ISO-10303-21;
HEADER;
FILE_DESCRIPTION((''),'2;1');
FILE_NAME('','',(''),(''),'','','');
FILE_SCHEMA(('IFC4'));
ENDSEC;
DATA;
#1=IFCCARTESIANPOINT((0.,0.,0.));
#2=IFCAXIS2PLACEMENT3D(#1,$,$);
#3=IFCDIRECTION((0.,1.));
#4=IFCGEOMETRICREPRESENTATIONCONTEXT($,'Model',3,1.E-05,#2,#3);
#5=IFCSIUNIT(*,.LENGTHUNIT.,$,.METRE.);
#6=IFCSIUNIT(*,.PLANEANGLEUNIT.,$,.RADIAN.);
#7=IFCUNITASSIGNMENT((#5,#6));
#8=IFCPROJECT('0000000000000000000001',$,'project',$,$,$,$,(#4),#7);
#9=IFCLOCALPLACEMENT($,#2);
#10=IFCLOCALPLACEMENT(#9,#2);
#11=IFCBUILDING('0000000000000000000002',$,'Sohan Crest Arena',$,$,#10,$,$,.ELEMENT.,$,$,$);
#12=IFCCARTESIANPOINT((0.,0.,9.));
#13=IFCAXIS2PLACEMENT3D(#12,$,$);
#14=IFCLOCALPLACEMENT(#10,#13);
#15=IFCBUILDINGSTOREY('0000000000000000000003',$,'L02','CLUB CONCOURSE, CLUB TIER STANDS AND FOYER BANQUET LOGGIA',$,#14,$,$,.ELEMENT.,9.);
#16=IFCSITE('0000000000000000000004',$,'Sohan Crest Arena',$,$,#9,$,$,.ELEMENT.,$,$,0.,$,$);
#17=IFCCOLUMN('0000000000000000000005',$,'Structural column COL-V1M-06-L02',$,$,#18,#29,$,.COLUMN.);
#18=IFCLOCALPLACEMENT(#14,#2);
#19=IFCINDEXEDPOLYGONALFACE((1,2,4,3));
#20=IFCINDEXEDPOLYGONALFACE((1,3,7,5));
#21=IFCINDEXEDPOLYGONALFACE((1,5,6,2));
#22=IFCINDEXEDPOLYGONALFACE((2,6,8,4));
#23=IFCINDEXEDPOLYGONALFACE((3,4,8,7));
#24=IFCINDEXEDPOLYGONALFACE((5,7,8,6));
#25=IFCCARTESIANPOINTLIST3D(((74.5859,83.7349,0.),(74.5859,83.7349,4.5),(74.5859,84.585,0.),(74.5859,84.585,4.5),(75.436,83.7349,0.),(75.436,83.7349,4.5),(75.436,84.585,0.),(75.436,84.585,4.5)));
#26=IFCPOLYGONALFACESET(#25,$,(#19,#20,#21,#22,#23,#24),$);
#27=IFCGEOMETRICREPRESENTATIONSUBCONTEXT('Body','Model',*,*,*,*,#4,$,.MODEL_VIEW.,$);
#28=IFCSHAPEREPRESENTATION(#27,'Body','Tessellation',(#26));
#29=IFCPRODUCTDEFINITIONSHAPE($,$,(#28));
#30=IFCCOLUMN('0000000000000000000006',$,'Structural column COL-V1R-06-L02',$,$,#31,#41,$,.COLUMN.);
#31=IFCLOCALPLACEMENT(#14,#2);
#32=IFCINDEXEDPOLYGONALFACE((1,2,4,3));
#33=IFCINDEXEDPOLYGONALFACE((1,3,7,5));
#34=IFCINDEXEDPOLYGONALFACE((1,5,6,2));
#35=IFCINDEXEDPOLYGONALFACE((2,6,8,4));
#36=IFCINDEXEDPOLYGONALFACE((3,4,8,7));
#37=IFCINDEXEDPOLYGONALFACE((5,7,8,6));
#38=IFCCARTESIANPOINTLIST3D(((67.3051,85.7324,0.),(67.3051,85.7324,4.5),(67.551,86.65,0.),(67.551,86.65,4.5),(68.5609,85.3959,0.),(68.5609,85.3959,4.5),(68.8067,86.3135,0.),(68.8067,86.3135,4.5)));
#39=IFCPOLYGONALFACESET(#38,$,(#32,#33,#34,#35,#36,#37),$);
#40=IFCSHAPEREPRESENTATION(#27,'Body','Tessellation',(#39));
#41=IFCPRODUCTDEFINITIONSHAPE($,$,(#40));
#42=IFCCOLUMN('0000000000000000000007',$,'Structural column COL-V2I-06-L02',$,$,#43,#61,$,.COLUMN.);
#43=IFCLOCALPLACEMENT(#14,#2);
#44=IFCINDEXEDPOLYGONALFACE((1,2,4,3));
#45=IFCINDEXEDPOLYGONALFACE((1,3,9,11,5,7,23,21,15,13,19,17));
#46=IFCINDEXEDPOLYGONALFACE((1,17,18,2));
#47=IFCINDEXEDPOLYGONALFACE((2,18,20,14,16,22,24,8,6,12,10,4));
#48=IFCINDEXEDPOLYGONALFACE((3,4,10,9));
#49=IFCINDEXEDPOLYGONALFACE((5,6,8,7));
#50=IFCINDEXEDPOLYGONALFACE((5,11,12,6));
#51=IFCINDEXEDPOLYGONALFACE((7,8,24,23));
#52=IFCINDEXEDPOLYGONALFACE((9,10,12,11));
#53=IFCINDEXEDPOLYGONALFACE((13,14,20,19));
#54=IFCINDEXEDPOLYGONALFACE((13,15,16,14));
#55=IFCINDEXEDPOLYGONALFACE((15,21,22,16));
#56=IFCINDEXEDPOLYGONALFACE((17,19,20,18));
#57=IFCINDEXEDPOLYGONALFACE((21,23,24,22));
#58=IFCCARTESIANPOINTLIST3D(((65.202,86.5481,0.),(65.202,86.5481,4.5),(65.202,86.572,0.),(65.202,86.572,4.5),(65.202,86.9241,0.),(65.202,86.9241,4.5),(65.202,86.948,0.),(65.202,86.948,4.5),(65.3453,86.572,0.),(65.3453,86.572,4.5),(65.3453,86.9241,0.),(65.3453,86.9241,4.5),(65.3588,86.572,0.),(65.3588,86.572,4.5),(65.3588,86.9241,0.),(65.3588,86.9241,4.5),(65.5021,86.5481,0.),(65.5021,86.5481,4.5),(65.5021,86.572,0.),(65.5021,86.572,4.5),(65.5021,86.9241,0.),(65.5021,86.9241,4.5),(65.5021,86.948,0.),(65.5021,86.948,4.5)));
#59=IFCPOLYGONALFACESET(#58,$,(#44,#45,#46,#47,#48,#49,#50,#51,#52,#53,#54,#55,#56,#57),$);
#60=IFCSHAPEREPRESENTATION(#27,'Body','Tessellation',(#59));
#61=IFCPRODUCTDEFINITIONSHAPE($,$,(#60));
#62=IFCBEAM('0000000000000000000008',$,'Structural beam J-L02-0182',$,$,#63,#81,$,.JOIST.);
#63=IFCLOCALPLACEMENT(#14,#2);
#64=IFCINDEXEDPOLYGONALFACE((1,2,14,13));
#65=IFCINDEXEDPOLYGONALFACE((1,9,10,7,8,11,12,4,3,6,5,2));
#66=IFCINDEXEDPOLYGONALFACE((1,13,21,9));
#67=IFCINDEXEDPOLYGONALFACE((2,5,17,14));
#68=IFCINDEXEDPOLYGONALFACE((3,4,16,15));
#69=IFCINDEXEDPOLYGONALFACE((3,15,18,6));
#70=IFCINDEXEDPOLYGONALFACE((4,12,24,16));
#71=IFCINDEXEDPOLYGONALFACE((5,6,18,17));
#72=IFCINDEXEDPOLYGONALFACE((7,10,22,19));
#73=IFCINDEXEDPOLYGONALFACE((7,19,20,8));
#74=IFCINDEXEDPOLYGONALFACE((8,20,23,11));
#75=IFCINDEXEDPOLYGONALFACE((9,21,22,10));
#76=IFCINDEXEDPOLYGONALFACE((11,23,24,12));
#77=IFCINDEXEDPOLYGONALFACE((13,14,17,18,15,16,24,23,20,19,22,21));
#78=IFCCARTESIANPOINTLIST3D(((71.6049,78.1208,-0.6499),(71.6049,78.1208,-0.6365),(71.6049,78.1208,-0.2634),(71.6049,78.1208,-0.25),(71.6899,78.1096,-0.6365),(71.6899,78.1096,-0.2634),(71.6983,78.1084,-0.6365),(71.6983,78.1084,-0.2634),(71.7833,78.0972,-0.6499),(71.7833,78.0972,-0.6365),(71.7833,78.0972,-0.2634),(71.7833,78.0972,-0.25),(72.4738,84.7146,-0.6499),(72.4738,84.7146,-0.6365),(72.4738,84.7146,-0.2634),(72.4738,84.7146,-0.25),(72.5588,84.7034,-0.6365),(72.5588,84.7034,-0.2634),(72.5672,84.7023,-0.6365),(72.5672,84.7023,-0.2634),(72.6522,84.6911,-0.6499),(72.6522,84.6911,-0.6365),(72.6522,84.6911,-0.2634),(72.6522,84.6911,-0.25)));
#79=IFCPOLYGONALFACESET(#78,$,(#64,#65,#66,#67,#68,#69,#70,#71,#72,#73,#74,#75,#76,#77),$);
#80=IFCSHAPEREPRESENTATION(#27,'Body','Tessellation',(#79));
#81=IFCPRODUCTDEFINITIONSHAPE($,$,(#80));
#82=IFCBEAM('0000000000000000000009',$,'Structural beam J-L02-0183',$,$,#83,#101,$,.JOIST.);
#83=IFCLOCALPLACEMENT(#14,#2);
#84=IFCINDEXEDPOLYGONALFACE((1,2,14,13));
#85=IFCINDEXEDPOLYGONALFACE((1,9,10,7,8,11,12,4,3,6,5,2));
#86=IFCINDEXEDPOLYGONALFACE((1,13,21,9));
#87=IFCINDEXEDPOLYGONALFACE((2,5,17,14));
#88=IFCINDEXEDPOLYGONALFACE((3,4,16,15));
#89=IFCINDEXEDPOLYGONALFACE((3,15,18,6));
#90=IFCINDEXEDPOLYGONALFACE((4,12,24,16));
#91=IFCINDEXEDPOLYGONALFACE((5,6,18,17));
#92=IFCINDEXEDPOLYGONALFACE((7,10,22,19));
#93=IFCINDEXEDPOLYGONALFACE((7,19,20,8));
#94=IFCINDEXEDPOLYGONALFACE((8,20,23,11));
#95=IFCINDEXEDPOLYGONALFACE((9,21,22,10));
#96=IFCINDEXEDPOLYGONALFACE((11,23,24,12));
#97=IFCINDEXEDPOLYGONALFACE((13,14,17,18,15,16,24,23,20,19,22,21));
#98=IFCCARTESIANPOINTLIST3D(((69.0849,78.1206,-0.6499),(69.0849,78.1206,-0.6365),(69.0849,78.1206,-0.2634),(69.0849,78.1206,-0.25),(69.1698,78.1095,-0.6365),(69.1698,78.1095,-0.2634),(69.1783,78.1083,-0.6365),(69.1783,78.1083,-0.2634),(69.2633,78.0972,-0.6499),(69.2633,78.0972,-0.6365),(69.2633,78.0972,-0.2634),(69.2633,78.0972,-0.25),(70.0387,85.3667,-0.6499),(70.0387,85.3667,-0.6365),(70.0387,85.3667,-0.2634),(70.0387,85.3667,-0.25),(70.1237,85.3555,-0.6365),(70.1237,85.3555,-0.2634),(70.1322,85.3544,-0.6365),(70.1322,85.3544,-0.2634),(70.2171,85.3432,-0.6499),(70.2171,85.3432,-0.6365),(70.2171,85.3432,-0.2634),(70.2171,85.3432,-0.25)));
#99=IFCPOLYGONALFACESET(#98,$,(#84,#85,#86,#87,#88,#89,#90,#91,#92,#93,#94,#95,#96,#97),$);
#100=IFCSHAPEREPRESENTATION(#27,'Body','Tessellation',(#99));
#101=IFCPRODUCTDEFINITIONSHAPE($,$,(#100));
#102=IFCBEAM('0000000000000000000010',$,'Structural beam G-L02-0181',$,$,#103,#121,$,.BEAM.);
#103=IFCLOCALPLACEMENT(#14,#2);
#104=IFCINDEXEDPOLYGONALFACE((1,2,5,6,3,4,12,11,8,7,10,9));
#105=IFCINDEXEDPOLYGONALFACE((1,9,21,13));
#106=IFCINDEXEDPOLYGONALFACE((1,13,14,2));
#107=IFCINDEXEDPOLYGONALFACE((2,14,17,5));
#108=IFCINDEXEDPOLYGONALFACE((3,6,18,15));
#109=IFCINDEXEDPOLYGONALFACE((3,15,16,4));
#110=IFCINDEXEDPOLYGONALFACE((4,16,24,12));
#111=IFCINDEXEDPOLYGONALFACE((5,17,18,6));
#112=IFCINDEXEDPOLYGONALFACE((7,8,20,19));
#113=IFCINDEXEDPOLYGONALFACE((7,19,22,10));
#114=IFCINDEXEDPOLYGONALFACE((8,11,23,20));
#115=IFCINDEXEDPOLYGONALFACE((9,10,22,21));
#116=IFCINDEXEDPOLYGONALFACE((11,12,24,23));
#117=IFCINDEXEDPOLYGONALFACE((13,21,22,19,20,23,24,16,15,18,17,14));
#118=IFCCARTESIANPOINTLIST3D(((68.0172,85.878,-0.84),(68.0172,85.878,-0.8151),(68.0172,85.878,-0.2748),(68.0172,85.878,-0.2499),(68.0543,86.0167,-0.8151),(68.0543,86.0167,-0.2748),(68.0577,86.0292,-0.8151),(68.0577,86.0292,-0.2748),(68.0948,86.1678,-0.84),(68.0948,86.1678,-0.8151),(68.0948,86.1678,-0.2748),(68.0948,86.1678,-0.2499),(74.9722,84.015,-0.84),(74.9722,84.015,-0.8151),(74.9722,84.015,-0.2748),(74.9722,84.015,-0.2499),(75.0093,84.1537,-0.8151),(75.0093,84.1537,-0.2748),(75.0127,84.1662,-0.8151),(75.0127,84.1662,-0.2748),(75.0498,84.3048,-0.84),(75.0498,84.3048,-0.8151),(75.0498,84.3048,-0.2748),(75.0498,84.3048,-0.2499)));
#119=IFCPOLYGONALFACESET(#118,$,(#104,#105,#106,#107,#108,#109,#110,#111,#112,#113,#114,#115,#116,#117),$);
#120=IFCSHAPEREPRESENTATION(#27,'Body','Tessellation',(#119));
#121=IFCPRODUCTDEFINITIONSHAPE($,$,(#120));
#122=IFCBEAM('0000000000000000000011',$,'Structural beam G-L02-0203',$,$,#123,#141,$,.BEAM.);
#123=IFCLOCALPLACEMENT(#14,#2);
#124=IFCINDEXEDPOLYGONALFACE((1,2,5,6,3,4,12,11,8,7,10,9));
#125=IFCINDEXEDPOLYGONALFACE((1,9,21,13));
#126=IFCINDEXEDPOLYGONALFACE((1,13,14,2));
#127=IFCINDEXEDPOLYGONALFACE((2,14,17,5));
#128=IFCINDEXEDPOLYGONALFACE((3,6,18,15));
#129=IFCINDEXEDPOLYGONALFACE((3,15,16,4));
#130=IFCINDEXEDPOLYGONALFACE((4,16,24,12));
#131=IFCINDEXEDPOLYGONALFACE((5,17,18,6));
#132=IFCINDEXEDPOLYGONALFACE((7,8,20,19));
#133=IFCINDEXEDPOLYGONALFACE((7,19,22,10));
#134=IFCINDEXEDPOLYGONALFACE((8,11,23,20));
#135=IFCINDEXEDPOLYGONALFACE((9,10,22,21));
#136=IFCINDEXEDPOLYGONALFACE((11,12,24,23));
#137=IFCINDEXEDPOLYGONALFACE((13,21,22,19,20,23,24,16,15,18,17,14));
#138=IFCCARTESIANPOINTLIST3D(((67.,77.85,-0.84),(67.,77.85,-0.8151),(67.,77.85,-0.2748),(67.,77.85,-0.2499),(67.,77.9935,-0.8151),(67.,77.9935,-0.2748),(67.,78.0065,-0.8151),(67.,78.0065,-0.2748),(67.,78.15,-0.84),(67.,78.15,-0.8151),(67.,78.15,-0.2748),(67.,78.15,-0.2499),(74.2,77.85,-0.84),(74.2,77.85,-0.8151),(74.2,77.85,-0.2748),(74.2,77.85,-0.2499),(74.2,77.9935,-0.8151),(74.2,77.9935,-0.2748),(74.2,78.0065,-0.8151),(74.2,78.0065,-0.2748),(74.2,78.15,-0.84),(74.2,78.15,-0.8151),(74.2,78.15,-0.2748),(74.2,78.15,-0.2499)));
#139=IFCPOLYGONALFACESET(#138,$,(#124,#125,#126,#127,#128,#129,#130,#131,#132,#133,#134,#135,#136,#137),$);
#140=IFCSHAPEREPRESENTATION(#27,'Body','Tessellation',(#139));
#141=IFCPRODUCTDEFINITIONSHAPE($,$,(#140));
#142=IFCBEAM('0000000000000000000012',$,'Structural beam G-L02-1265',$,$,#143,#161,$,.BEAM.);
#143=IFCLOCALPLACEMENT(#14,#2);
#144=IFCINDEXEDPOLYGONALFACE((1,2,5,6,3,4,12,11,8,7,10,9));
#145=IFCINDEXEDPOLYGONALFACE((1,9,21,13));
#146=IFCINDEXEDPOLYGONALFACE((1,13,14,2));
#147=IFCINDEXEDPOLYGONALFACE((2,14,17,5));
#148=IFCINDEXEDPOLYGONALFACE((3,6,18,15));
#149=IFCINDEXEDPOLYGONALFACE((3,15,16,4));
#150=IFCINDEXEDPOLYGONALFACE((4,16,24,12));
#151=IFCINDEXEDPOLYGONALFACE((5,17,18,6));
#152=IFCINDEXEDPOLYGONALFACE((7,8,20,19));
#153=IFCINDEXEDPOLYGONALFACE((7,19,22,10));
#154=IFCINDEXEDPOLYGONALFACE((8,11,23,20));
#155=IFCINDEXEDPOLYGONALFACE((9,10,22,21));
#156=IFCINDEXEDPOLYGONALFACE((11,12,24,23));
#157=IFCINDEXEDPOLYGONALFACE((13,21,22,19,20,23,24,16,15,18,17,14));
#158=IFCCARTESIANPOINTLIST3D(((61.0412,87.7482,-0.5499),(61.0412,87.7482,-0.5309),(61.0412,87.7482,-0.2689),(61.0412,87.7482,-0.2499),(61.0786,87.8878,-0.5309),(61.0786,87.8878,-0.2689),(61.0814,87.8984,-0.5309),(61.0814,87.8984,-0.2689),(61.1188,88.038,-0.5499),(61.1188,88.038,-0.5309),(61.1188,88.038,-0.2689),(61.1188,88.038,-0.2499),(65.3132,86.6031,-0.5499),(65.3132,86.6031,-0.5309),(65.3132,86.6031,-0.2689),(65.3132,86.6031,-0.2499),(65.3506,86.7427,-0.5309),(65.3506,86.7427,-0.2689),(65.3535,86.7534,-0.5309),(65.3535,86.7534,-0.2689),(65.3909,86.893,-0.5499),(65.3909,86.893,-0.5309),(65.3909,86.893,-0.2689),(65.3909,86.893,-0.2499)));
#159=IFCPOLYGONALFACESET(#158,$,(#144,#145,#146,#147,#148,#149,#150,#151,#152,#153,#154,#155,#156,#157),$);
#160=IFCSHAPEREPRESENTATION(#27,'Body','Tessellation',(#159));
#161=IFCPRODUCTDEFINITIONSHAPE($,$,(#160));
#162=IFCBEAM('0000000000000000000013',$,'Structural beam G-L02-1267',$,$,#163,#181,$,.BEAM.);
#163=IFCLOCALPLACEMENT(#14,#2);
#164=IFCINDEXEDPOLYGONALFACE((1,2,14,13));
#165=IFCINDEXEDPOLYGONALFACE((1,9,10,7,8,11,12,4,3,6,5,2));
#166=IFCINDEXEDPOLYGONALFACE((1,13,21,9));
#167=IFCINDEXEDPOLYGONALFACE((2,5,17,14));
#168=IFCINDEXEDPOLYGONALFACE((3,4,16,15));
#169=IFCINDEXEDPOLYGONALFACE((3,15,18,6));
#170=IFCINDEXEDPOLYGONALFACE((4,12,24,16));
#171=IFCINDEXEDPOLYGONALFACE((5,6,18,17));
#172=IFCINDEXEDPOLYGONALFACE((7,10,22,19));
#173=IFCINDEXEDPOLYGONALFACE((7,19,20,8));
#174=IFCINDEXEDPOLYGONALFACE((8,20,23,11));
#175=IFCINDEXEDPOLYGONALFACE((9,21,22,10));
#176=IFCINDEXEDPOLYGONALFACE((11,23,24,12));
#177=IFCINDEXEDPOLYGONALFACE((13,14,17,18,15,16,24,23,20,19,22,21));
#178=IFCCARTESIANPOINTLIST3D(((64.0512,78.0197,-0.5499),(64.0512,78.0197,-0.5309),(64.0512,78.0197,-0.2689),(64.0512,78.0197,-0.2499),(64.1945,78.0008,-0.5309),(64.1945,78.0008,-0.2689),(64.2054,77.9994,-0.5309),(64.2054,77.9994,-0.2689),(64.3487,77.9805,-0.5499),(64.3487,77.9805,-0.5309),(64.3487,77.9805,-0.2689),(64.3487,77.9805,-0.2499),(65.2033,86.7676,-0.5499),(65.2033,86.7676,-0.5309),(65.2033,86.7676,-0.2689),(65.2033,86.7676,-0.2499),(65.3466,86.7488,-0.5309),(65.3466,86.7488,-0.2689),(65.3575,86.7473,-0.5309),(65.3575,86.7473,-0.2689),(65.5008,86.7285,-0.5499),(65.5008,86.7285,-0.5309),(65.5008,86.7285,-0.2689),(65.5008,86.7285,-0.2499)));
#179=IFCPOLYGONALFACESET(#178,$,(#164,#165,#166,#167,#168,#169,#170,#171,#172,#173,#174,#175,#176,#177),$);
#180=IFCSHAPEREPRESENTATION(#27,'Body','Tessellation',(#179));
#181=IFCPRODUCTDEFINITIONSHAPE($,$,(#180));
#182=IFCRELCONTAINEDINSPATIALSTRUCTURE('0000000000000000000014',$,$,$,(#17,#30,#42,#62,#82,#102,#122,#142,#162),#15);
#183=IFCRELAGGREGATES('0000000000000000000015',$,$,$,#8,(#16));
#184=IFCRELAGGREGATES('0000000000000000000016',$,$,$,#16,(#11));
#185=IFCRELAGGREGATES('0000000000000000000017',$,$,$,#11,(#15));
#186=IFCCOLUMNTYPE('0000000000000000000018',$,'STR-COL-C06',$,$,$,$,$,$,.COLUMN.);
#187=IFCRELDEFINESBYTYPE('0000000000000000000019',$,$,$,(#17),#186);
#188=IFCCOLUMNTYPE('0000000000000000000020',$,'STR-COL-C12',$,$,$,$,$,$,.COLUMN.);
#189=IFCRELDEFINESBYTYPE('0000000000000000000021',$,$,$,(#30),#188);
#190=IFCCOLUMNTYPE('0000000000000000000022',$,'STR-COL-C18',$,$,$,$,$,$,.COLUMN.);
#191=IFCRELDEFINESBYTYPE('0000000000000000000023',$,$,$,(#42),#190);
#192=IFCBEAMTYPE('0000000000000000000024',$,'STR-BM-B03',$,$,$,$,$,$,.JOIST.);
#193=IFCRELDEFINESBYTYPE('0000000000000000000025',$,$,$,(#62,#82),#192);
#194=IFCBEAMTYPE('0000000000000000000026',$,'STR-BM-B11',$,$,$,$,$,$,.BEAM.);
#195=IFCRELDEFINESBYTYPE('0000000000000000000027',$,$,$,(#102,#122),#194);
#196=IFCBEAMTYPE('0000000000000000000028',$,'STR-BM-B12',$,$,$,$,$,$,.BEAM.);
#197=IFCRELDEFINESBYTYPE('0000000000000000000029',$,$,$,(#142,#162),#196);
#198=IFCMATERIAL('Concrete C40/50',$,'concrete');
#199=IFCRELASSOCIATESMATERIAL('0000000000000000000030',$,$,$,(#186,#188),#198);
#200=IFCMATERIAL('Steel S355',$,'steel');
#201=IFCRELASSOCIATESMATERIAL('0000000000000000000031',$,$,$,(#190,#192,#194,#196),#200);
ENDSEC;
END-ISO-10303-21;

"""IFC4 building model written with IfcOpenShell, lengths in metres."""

from ifc_helpers import new_model, si_unit, direction, frame, origin, origin_2d, place, context, subcontext, project, spatial, rectangle, i_section, extrude, material, material_profile, profile_set, type_object, element, save


model = new_model("IFC4")

# Units and contexts
model_context = context("Model", 3, precision=1e-05, world=origin(), true_north=direction((0.0, 1.0)))
body_context = subcontext(model_context, "Body", "Model", "MODEL_VIEW")
ifc_project = project(units=[si_unit("LENGTHUNIT", "METRE"), si_unit("PLANEANGLEUNIT", "RADIAN")], contexts=[model_context])

# Site, building, storey
site_placement = place(None, origin())
site = spatial("IfcSite", under=ifc_project, at=site_placement, Name="Sohan Crest Arena", CompositionType="ELEMENT", RefElevation=0.0)
building_placement = place(site_placement, origin())
building = spatial("IfcBuilding", under=site, at=building_placement, Name="Sohan Crest Arena", CompositionType="ELEMENT")
storey_placement = place(building_placement, frame((0.0, 0.0, 9.0)))
storey = spatial("IfcBuildingStorey", under=building, at=storey_placement, Name="L02", Description="CLUB CONCOURSE, CLUB TIER STANDS AND FOYER BANQUET LOGGIA", CompositionType="ELEMENT", Elevation=9.0)

# Columns
ifc_material_1 = material(Name="Concrete C40/50", Category="concrete")
ifc_material_profile_1 = material_profile(ifc_material_1, rectangle(XDim=0.8501, YDim=0.8501, at=origin_2d()), Name="RC 850x850")
ifc_profile_set_1 = profile_set([ifc_material_profile_1], Name="Concrete C40/50")
column_type_1 = type_object("IfcColumnType", Name="STR-COL-C06", PredefinedType="COLUMN", material=ifc_profile_set_1)
column_1_placement = place(storey_placement, frame((75.011, 84.1599, 0.0), z_axis=(0.0, 0.0, 1.0), x_axis=(1.0, 0.0, 0.0)))
element("IfcColumn", 1, at=column_1_placement, inside=storey, type_object=column_type_1, Name="Structural column COL-V1M-06-L02", PredefinedType="COLUMN", context=body_context, shape_type="SweptSolid", body=[
    extrude(rectangle(XDim=0.8501, YDim=0.8501, at=origin_2d()), origin(), (0.0, 0.0, 1.0), 4.5),
])
ifc_material_profile_2 = material_profile(ifc_material_1, rectangle(XDim=1.3, YDim=0.95, at=origin_2d()), Name="RC 1300x950")
ifc_profile_set_2 = profile_set([ifc_material_profile_2], Name="Concrete C40/50")
column_type_2 = type_object("IfcColumnType", Name="STR-COL-C12", PredefinedType="COLUMN", material=ifc_profile_set_2)
column_2_placement = place(storey_placement, frame((68.0559, 86.0229, 0.0), z_axis=(0.0, 0.0, 1.0), x_axis=(-0.965926, 0.258819, 0.0)))
element("IfcColumn", 2, at=column_2_placement, inside=storey, type_object=column_type_2, Name="Structural column COL-V1R-06-L02", PredefinedType="COLUMN", context=body_context, shape_type="SweptSolid", body=[
    extrude(rectangle(XDim=1.3, YDim=0.95, at=origin_2d()), origin(), (0.0, 0.0, 1.0), 4.5),
])
ifc_material_2 = material(Name="Steel S355", Category="steel")
ifc_material_profile_3 = material_profile(ifc_material_2, i_section(OverallWidth=0.3, OverallDepth=0.3999, WebThickness=0.0134, FlangeThickness=0.0239, at=origin_2d()), Name="HEB 400")
ifc_profile_set_3 = profile_set([ifc_material_profile_3], Name="Steel S355")
column_type_3 = type_object("IfcColumnType", Name="STR-COL-C18", PredefinedType="COLUMN", material=ifc_profile_set_3)
column_3_placement = place(storey_placement, frame((65.3521, 86.748, 0.0), z_axis=(0.0, 0.0, 1.0), x_axis=(1.0, 0.0, 0.0)))
element("IfcColumn", 3, at=column_3_placement, inside=storey, type_object=column_type_3, Name="Structural column COL-V2I-06-L02", PredefinedType="COLUMN", context=body_context, shape_type="SweptSolid", body=[
    extrude(i_section(OverallWidth=0.3, OverallDepth=0.3999, WebThickness=0.0134, FlangeThickness=0.0239, at=origin_2d()), origin(), (0.0, 0.0, 1.0), 4.5),
])

# Beams
ifc_material_profile_4 = material_profile(ifc_material_2, i_section(OverallWidth=0.1799, OverallDepth=0.3999, WebThickness=0.0085, FlangeThickness=0.0134, at=origin_2d()), Name="IPE 400")
ifc_profile_set_4 = profile_set([ifc_material_profile_4], Name="Steel S355")
beam_type_1 = type_object("IfcBeamType", Name="STR-BM-B03", PredefinedType="JOIST", material=ifc_profile_set_4)
beam_1_placement = place(storey_placement, frame((72.563, 84.7029, -0.45), z_axis=(-0.130642, -0.99143, 0.0), x_axis=(0.99143, -0.130642, 0.0)))
element("IfcBeam", 4, at=beam_1_placement, inside=storey, type_object=beam_type_1, Name="Structural beam J-L02-0182", PredefinedType="JOIST", context=body_context, shape_type="SweptSolid", body=[
    extrude(i_section(OverallWidth=0.1799, OverallDepth=0.3999, WebThickness=0.0085, FlangeThickness=0.0134, at=origin_2d()), origin(), (0.0, 0.0, 1.0), 6.6509),
])
beam_2_placement = place(storey_placement, frame((70.1279, 85.355, -0.45), z_axis=(-0.130512, -0.991447, 0.0), x_axis=(0.991447, -0.130512, 0.0)))
element("IfcBeam", 5, at=beam_2_placement, inside=storey, type_object=beam_type_1, Name="Structural beam J-L02-0183", PredefinedType="JOIST", context=body_context, shape_type="SweptSolid", body=[
    extrude(i_section(OverallWidth=0.1799, OverallDepth=0.3999, WebThickness=0.0085, FlangeThickness=0.0134, at=origin_2d()), origin(), (0.0, 0.0, 1.0), 7.3086),
])
ifc_material_profile_5 = material_profile(ifc_material_2, i_section(OverallWidth=0.3, OverallDepth=0.5901, WebThickness=0.0129, FlangeThickness=0.0249, at=origin_2d()), Name="HEA 600")
ifc_profile_set_5 = profile_set([ifc_material_profile_5], Name="Steel S355")
beam_type_2 = type_object("IfcBeamType", Name="STR-BM-B11", PredefinedType="BEAM", material=ifc_profile_set_5)
beam_3_placement = place(storey_placement, frame((75.011, 84.1599, -0.5449), z_axis=(-0.965946, 0.258745, 0.0), x_axis=(-0.258745, -0.965946, 0.0)))
element("IfcBeam", 6, at=beam_3_placement, inside=storey, type_object=beam_type_2, Name="Structural beam G-L02-0181", PredefinedType="BEAM", context=body_context, shape_type="SweptSolid", body=[
    extrude(i_section(OverallWidth=0.3, OverallDepth=0.5901, WebThickness=0.0129, FlangeThickness=0.0249, at=origin_2d()), origin(), (0.0, 0.0, 1.0), 7.2002),
])
beam_4_placement = place(storey_placement, frame((74.2, 78.0, -0.5449), z_axis=(-1.0, 0.0, 0.0), x_axis=(0.0, -1.0, 0.0)))
element("IfcBeam", 7, at=beam_4_placement, inside=storey, type_object=beam_type_2, Name="Structural beam G-L02-0203", PredefinedType="BEAM", context=body_context, shape_type="SweptSolid", body=[
    extrude(i_section(OverallWidth=0.3, OverallDepth=0.5901, WebThickness=0.0129, FlangeThickness=0.0249, at=origin_2d()), origin(), (0.0, 0.0, 1.0), 7.2),
])
ifc_material_profile_6 = material_profile(ifc_material_2, i_section(OverallWidth=0.3, OverallDepth=0.3, WebThickness=0.011, FlangeThickness=0.019, at=origin_2d()), Name="HEB 300")
ifc_profile_set_6 = profile_set([ifc_material_profile_6], Name="Steel S355")
beam_type_3 = type_object("IfcBeamType", Name="STR-BM-B12", PredefinedType="BEAM", material=ifc_profile_set_6)
beam_5_placement = place(storey_placement, frame((65.3521, 86.748, -0.3999), z_axis=(-0.965906, 0.258892, 0.0), x_axis=(-0.258892, -0.965906, 0.0)))
element("IfcBeam", 8, at=beam_5_placement, inside=storey, type_object=beam_type_3, Name="Structural beam G-L02-1265", PredefinedType="BEAM", context=body_context, shape_type="SweptSolid", body=[
    extrude(i_section(OverallWidth=0.3, OverallDepth=0.3, WebThickness=0.011, FlangeThickness=0.019, at=origin_2d()), origin(), (0.0, 0.0, 1.0), 4.4229),
])
beam_6_placement = place(storey_placement, frame((65.3521, 86.748, -0.3999), z_axis=(-0.13057, -0.991439, 0.0), x_axis=(0.991439, -0.13057, 0.0)))
element("IfcBeam", 9, at=beam_6_placement, inside=storey, type_object=beam_type_3, Name="Structural beam G-L02-1267", PredefinedType="BEAM", context=body_context, shape_type="SweptSolid", body=[
    extrude(i_section(OverallWidth=0.3, OverallDepth=0.3, WebThickness=0.011, FlangeThickness=0.019, at=origin_2d()), origin(), (0.0, 0.0, 1.0), 8.8235),
])

save(model, "model.ifc")
